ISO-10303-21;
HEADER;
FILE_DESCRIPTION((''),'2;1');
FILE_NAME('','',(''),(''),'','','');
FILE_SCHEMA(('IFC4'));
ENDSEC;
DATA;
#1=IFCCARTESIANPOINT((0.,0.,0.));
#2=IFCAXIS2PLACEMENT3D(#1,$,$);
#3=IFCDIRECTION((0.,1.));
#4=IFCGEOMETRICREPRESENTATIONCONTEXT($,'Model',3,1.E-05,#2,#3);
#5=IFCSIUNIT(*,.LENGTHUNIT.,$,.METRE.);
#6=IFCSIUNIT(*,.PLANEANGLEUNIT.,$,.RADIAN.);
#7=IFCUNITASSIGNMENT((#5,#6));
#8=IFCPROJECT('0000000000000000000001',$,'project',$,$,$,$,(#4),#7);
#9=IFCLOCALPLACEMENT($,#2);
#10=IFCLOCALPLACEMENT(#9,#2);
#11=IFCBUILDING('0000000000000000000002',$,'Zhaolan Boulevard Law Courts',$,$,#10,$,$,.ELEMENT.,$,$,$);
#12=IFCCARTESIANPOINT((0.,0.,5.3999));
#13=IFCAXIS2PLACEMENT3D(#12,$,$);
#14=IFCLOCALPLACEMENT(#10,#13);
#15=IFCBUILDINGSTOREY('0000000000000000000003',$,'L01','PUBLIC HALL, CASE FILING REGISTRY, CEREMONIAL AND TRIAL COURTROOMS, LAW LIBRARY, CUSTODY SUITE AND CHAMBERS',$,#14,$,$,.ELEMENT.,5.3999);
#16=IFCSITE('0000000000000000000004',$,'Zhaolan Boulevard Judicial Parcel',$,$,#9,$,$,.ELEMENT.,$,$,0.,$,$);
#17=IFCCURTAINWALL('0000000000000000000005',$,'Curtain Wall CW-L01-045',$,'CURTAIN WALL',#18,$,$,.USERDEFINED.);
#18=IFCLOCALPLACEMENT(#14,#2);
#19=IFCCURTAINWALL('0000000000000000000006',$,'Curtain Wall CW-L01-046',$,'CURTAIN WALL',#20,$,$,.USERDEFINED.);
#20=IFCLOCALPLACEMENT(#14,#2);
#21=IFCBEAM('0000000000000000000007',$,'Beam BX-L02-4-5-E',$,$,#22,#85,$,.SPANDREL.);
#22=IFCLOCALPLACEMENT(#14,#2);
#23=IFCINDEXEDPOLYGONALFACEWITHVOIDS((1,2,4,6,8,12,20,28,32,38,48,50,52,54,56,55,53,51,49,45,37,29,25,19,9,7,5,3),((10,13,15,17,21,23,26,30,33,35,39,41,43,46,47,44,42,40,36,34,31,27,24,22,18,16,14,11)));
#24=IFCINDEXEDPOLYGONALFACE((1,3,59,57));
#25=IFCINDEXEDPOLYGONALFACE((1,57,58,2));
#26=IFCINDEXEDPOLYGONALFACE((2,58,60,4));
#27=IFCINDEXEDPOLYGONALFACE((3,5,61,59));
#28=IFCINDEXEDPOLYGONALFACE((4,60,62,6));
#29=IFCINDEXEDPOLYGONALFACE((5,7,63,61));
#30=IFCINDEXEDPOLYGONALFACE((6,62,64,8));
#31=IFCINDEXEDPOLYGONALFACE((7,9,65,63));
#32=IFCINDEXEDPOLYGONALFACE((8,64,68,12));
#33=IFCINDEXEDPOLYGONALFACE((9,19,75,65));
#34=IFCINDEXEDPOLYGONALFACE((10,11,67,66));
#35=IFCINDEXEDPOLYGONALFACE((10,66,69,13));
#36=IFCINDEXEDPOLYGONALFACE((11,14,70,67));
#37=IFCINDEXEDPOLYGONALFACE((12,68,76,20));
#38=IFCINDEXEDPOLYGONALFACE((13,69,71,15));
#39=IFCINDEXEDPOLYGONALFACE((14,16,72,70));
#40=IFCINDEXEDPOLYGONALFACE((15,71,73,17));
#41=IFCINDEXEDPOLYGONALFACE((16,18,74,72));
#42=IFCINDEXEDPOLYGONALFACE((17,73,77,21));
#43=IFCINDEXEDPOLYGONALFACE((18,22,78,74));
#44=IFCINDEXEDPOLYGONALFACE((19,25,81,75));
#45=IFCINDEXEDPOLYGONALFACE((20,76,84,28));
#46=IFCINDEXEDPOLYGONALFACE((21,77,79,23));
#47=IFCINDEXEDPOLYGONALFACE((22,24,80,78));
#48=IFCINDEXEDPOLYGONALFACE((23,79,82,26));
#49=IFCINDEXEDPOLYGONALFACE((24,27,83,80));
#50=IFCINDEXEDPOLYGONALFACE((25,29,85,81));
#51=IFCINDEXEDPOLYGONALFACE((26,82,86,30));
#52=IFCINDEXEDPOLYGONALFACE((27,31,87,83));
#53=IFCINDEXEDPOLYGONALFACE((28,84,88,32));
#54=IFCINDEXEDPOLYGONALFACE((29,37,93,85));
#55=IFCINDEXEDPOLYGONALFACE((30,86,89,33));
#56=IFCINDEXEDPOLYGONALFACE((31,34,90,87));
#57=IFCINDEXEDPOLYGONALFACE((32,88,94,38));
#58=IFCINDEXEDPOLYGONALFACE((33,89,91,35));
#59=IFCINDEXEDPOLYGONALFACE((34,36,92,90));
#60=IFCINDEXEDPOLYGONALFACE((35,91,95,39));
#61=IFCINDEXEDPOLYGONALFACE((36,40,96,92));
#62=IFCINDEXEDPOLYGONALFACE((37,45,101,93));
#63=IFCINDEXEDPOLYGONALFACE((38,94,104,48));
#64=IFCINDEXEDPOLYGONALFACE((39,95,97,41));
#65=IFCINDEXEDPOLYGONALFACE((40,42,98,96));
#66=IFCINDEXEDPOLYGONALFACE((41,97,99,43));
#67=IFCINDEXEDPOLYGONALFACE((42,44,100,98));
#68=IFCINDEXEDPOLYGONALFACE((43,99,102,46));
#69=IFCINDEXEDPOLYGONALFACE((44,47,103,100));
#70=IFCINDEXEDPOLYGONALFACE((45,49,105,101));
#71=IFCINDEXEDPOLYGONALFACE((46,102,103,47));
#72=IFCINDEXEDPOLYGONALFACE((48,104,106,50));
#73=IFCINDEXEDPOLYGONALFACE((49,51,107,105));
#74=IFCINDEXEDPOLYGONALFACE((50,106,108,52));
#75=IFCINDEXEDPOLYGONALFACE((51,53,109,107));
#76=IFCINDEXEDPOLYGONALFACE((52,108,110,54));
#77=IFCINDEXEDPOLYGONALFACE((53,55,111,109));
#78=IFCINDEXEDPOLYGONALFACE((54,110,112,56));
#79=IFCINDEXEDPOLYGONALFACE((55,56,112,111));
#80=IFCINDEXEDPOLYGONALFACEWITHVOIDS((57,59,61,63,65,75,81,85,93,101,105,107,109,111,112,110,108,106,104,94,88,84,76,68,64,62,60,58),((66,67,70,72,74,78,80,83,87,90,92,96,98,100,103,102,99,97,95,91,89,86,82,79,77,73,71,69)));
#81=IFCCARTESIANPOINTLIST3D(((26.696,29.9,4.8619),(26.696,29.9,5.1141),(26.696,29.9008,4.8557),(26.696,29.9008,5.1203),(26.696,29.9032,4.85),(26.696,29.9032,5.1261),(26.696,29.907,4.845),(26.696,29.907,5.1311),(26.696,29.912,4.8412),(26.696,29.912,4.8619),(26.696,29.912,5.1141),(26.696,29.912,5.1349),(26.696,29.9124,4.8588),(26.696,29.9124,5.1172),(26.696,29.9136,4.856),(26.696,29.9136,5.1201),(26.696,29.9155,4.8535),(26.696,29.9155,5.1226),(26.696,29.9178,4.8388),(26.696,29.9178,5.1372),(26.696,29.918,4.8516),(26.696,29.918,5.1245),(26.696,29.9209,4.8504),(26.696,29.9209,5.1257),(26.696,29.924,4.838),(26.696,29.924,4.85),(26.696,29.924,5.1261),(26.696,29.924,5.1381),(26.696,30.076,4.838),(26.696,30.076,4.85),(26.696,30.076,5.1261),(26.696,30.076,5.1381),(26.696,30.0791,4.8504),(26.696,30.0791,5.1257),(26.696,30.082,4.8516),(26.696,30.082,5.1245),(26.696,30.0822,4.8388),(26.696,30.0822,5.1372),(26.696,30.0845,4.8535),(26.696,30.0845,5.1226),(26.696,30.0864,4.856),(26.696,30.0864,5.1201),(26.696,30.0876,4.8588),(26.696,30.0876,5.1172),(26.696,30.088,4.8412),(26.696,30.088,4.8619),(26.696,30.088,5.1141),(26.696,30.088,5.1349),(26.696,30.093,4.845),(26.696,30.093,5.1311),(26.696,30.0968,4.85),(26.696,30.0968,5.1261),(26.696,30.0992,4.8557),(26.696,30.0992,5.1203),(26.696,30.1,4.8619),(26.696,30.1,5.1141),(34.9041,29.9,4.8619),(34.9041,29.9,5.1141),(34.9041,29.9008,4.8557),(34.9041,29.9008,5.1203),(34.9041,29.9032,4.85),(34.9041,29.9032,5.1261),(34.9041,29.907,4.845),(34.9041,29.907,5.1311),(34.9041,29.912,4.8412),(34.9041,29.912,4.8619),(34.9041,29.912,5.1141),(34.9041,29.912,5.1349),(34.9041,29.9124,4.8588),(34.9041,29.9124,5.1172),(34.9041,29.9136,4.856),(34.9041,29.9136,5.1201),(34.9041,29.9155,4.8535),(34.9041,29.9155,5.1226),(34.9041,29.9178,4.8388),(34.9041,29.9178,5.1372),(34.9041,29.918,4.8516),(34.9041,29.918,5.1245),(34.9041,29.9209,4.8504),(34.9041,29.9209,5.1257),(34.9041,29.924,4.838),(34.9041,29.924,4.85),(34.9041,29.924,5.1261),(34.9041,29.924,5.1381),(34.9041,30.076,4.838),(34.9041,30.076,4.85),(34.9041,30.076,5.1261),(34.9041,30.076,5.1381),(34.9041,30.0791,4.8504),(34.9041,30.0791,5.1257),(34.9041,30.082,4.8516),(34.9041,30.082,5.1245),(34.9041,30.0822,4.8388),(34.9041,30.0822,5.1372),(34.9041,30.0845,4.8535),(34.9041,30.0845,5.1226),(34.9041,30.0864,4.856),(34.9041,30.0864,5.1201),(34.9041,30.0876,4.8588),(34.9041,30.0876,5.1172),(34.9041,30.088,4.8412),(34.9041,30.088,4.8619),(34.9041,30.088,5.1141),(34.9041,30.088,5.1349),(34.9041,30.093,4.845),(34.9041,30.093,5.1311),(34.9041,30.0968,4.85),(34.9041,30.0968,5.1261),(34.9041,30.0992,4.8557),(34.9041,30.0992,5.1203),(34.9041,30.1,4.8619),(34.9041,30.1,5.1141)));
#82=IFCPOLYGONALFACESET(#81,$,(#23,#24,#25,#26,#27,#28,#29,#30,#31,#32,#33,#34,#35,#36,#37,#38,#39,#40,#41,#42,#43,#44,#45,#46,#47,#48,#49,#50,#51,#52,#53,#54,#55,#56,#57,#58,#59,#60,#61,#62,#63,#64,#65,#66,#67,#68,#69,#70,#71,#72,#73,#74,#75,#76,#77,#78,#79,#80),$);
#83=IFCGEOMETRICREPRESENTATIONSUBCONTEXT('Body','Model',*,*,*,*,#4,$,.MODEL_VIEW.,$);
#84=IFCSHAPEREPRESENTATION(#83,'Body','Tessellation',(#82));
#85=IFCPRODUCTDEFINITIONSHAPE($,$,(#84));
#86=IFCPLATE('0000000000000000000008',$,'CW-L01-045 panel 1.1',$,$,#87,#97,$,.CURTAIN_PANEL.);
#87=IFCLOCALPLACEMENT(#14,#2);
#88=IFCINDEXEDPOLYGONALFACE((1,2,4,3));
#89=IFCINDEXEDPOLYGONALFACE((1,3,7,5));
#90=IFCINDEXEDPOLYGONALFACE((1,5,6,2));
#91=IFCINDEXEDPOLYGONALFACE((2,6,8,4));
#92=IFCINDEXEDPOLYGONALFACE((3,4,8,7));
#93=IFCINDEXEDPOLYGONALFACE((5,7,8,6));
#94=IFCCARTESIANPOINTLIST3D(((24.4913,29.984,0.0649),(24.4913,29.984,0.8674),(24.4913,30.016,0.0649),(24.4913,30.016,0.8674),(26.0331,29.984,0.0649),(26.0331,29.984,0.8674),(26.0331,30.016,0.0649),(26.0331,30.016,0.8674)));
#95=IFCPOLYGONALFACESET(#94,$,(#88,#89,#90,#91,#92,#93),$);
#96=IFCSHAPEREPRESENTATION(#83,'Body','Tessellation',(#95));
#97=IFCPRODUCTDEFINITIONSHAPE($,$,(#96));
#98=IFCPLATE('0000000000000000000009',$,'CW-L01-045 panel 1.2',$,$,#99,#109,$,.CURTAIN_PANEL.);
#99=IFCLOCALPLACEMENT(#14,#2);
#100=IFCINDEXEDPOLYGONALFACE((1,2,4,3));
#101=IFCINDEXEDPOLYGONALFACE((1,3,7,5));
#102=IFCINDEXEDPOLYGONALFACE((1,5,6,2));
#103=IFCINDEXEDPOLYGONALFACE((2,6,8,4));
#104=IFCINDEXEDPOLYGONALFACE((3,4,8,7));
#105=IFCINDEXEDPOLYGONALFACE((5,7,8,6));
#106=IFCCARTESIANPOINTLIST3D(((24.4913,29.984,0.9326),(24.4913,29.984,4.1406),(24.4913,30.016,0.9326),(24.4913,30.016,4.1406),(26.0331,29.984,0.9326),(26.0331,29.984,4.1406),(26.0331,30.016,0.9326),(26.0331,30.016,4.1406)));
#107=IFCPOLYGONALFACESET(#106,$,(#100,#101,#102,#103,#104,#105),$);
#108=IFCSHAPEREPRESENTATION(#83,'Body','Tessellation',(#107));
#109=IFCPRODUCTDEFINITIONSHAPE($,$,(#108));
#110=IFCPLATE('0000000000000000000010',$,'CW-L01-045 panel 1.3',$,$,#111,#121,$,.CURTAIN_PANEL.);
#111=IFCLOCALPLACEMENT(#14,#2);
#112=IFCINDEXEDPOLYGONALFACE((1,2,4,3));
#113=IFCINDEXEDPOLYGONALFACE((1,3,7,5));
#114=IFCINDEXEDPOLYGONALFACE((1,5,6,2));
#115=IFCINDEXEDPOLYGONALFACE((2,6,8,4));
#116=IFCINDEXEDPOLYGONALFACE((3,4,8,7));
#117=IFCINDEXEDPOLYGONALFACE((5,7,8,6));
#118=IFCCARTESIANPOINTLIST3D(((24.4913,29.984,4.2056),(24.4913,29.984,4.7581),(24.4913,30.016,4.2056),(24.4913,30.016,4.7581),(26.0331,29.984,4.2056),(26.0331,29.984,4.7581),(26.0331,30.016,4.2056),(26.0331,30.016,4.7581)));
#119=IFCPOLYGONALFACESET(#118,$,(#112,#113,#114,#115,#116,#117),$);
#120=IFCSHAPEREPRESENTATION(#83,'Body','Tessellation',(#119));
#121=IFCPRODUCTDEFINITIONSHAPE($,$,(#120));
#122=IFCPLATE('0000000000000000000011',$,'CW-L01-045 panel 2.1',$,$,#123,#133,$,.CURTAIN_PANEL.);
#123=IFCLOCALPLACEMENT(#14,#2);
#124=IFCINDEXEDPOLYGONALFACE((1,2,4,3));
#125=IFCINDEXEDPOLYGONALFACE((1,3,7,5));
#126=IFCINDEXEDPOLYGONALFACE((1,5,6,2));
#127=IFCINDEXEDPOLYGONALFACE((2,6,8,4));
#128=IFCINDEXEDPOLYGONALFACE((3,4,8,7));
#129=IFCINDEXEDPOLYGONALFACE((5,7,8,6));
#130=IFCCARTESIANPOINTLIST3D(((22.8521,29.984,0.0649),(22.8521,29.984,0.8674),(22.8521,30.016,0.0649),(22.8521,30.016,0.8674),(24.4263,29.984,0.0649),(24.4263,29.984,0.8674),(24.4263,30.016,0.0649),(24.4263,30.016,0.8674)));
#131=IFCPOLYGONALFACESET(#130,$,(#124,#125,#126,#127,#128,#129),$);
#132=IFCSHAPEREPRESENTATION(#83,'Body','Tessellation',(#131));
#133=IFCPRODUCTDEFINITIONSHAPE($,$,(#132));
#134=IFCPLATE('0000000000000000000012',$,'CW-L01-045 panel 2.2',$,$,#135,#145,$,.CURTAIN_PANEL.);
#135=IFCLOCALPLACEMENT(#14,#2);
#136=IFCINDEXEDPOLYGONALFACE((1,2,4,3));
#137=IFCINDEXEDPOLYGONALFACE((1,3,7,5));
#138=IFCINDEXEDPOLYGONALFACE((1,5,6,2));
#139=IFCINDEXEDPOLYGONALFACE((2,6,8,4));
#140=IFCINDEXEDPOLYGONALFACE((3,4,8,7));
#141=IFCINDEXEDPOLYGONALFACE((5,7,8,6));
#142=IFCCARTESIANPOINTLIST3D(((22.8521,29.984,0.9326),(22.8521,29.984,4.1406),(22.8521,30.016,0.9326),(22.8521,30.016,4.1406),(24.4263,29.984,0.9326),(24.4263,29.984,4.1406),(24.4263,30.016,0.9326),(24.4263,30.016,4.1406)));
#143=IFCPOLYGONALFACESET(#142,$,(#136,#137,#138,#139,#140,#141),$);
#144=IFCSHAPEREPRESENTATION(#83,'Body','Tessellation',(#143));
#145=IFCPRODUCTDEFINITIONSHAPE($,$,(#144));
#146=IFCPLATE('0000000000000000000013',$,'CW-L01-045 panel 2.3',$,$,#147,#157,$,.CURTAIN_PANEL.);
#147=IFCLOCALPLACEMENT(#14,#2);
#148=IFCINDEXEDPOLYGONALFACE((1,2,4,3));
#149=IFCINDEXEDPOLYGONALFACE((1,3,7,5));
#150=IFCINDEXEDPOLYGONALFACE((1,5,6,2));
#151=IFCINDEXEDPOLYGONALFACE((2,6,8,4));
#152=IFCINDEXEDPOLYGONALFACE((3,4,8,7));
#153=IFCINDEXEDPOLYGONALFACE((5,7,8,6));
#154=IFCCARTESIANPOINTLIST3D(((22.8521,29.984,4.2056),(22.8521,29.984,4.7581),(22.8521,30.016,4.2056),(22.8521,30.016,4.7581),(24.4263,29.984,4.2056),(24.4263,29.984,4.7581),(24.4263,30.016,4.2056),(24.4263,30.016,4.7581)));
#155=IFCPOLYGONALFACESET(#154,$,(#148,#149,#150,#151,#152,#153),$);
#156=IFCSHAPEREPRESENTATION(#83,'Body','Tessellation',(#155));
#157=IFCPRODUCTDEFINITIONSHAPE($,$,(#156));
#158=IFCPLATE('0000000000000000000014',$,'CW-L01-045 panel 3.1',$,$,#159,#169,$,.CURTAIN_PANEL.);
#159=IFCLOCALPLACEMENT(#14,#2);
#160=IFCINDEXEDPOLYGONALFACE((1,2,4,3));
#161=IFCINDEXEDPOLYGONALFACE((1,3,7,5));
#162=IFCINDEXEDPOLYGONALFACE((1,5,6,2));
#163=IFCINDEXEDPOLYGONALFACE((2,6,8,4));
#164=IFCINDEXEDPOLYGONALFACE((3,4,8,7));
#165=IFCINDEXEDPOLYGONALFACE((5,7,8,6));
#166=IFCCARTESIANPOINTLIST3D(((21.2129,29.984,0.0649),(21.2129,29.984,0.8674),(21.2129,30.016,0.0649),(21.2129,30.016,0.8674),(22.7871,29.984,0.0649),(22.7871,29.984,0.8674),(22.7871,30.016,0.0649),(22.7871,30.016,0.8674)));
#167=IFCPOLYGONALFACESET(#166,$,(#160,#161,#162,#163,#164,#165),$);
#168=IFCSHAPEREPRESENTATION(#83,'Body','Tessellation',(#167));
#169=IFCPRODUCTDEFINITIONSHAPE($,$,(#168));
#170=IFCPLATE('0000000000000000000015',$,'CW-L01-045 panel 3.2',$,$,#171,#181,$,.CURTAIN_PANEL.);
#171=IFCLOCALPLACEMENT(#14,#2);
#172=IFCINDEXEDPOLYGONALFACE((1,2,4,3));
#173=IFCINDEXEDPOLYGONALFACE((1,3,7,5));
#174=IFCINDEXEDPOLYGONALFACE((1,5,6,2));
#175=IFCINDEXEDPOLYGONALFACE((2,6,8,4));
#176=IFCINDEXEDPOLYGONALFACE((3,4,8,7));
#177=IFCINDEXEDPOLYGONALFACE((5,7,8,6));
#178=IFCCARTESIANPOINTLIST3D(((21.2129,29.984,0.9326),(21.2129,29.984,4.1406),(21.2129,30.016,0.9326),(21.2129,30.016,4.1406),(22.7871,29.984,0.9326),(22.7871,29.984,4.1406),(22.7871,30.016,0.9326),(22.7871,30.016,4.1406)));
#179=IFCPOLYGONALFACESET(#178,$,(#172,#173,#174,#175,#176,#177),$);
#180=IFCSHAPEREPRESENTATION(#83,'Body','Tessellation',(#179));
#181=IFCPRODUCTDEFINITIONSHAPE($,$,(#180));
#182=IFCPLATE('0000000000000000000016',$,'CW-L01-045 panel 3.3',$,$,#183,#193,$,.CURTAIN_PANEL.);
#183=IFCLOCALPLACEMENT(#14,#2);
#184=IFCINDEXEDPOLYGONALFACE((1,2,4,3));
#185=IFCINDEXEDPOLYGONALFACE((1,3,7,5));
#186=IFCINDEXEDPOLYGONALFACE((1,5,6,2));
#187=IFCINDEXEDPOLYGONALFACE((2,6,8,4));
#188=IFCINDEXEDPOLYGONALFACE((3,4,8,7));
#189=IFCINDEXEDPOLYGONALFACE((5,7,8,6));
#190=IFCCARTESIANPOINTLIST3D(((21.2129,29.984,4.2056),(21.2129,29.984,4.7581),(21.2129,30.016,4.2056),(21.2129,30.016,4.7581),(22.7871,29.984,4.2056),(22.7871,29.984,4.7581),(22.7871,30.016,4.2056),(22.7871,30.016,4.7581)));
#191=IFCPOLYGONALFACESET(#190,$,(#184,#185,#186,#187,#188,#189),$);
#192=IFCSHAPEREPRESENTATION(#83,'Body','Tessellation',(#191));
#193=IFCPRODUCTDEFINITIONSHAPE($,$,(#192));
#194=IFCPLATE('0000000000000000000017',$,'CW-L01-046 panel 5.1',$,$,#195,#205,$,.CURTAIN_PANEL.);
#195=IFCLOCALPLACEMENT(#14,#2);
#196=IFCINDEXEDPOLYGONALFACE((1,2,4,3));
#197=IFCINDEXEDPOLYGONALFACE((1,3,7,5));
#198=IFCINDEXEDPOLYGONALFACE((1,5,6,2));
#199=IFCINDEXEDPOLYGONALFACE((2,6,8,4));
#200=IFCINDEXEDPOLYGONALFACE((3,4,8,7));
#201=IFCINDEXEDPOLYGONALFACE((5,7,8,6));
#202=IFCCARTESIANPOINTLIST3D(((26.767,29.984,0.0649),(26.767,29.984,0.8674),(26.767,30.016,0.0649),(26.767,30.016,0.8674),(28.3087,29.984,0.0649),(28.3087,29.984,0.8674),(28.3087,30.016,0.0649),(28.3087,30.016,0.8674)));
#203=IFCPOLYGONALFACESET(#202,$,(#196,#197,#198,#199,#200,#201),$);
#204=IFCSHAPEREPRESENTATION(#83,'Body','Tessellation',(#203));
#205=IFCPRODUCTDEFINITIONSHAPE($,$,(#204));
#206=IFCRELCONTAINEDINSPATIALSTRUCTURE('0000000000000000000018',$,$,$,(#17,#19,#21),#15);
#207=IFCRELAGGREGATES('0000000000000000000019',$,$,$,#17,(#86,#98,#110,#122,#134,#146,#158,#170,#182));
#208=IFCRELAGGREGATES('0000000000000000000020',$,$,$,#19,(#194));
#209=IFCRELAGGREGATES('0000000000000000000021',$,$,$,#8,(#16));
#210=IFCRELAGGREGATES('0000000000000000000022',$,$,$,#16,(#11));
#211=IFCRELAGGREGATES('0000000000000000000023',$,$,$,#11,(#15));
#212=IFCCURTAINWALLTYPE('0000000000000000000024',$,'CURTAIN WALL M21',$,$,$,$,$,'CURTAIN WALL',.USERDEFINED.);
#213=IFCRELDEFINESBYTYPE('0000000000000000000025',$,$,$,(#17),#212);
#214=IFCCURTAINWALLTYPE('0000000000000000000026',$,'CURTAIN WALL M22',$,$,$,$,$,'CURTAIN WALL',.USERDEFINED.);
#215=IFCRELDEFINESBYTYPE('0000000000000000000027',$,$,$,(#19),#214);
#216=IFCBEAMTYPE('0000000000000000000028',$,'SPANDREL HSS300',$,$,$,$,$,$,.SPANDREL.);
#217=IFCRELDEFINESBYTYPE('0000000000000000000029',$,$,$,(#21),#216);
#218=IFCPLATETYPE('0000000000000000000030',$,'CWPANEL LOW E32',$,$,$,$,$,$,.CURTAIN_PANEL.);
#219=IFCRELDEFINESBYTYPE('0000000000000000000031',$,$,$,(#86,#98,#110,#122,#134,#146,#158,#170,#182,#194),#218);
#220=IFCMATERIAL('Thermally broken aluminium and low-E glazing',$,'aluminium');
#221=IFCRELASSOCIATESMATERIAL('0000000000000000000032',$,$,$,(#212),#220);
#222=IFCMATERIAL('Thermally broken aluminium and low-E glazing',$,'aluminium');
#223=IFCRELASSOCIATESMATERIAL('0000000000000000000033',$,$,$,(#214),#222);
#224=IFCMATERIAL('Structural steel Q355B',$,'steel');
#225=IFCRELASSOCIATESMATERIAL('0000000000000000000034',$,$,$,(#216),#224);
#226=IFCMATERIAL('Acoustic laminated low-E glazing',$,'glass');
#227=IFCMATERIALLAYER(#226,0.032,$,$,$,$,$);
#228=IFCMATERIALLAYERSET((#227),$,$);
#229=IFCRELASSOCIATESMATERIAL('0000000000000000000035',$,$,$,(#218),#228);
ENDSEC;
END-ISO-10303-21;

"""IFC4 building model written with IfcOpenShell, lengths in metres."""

from ifc_helpers import new_model, si_unit, direction, frame, origin, origin_2d, place, context, subcontext, project, spatial, rectangle, hollow_rectangle, extrude, material, layer, layer_set, material_profile, profile_set, type_object, element, aggregate, save


model = new_model("IFC4")

# Units and contexts
model_context = context("Model", 3, precision=1e-05, world=origin(), true_north=direction((0.0, 1.0)))
body_context = subcontext(model_context, "Body", "Model", "MODEL_VIEW")
ifc_project = project(units=[si_unit("LENGTHUNIT", "METRE"), si_unit("PLANEANGLEUNIT", "RADIAN")], contexts=[model_context])

# Site, building, storey
site_placement = place(None, origin())
site = spatial("IfcSite", under=ifc_project, at=site_placement, Name="Zhaolan Boulevard Judicial Parcel", CompositionType="ELEMENT", RefElevation=0.0)
building_placement = place(site_placement, origin())
building = spatial("IfcBuilding", under=site, at=building_placement, Name="Zhaolan Boulevard Law Courts", CompositionType="ELEMENT")
storey_placement = place(building_placement, frame((0.0, 0.0, 5.3999)))
storey = spatial("IfcBuildingStorey", under=building, at=storey_placement, Name="L01", Description="PUBLIC HALL, CASE FILING REGISTRY, CEREMONIAL AND TRIAL COURTROOMS, LAW LIBRARY, CUSTODY SUITE AND CHAMBERS", CompositionType="ELEMENT", Elevation=5.3999)

# Curtain wall
ifc_material_1 = material(Name="Thermally broken aluminium and low-E glazing", Category="aluminium")
curtain_wall_type_1 = type_object("IfcCurtainWallType", Name="CURTAIN WALL M21", ElementType="CURTAIN WALL", PredefinedType="USERDEFINED", material=ifc_material_1)
curtain_wall_1_placement = place(storey_placement, origin())
curtain_wall_1 = element("IfcCurtainWall", 1, at=curtain_wall_1_placement, inside=storey, type_object=curtain_wall_type_1, Name="Curtain Wall CW-L01-045", ObjectType="CURTAIN WALL", PredefinedType="USERDEFINED")

# Curtain wall
ifc_material_2 = material(Name="Thermally broken aluminium and low-E glazing", Category="aluminium")
curtain_wall_type_2 = type_object("IfcCurtainWallType", Name="CURTAIN WALL M22", ElementType="CURTAIN WALL", PredefinedType="USERDEFINED", material=ifc_material_2)
curtain_wall_2_placement = place(storey_placement, origin())
curtain_wall_2 = element("IfcCurtainWall", 2, at=curtain_wall_2_placement, inside=storey, type_object=curtain_wall_type_2, Name="Curtain Wall CW-L01-046", ObjectType="CURTAIN WALL", PredefinedType="USERDEFINED")

# Beam
ifc_material_3 = material(Name="Structural steel Q355B", Category="steel")
ifc_material_profile_1 = material_profile(ifc_material_3, hollow_rectangle(XDim=0.2, YDim=0.3, WallThickness=0.012, InnerFilletRadius=0.012, OuterFilletRadius=0.0239, at=origin_2d()), Name="HSS300x200x12")
ifc_profile_set_1 = profile_set([ifc_material_profile_1], Name="Structural steel Q355B")
beam_type = type_object("IfcBeamType", Name="SPANDREL HSS300", PredefinedType="SPANDREL", material=ifc_profile_set_1)
beam_placement = place(storey_placement, frame((26.696, 30.0, 4.988), z_axis=(1.0, 0.0, 0.0), x_axis=(0.0, 1.0, 0.0)))
element("IfcBeam", 3, at=beam_placement, inside=storey, type_object=beam_type, Name="Beam BX-L02-4-5-E", PredefinedType="SPANDREL", context=body_context, shape_type="SweptSolid", body=[
    extrude(hollow_rectangle(XDim=0.2, YDim=0.3, WallThickness=0.012, InnerFilletRadius=0.012, OuterFilletRadius=0.0239, at=origin_2d()), origin(), (0.0, 0.0, 1.0), 8.208),
])

# Plates
ifc_material_4 = material(Name="Acoustic laminated low-E glazing", Category="glass")
ifc_layer_1 = layer(ifc_material_4, 0.032)
ifc_layer_set_1 = layer_set([ifc_layer_1])
plate_type_1 = type_object("IfcPlateType", Name="CWPANEL LOW E32", PredefinedType="CURTAIN_PANEL", material=ifc_layer_set_1)
plate_1_placement = place(storey_placement, frame((25.2622, 30.0, 0.0649), z_axis=(0.0, 0.0, 1.0), x_axis=(-1.0, 0.0, 0.0)))
plate_1 = element("IfcPlate", 4, at=plate_1_placement, type_object=plate_type_1, Name="CW-L01-045 panel 1.1", PredefinedType="CURTAIN_PANEL", context=body_context, shape_type="SweptSolid", body=[
    extrude(rectangle(XDim=1.5417, YDim=0.032, at=origin_2d()), origin(), (0.0, 0.0, 1.0), 0.8025),
])
plate_2_placement = place(storey_placement, frame((25.2622, 30.0, 0.9326), z_axis=(0.0, 0.0, 1.0), x_axis=(-1.0, 0.0, 0.0)))
plate_2 = element("IfcPlate", 5, at=plate_2_placement, type_object=plate_type_1, Name="CW-L01-045 panel 1.2", PredefinedType="CURTAIN_PANEL", context=body_context, shape_type="SweptSolid", body=[
    extrude(rectangle(XDim=1.5417, YDim=0.032, at=origin_2d()), origin(), (0.0, 0.0, 1.0), 3.208),
])
plate_3_placement = place(storey_placement, frame((25.2622, 30.0, 4.2056), z_axis=(0.0, 0.0, 1.0), x_axis=(-1.0, 0.0, 0.0)))
plate_3 = element("IfcPlate", 6, at=plate_3_placement, type_object=plate_type_1, Name="CW-L01-045 panel 1.3", PredefinedType="CURTAIN_PANEL", context=body_context, shape_type="SweptSolid", body=[
    extrude(rectangle(XDim=1.5417, YDim=0.032, at=origin_2d()), origin(), (0.0, 0.0, 1.0), 0.5525),
])
plate_4_placement = place(storey_placement, frame((23.6392, 30.0, 0.0649), z_axis=(0.0, 0.0, 1.0), x_axis=(-1.0, 0.0, 0.0)))
plate_4 = element("IfcPlate", 7, at=plate_4_placement, type_object=plate_type_1, Name="CW-L01-045 panel 2.1", PredefinedType="CURTAIN_PANEL", context=body_context, shape_type="SweptSolid", body=[
    extrude(rectangle(XDim=1.5742, YDim=0.032, at=origin_2d()), origin(), (0.0, 0.0, 1.0), 0.8025),
])
plate_5_placement = place(storey_placement, frame((23.6392, 30.0, 0.9326), z_axis=(0.0, 0.0, 1.0), x_axis=(-1.0, 0.0, 0.0)))
plate_5 = element("IfcPlate", 8, at=plate_5_placement, type_object=plate_type_1, Name="CW-L01-045 panel 2.2", PredefinedType="CURTAIN_PANEL", context=body_context, shape_type="SweptSolid", body=[
    extrude(rectangle(XDim=1.5742, YDim=0.032, at=origin_2d()), origin(), (0.0, 0.0, 1.0), 3.208),
])
plate_6_placement = place(storey_placement, frame((23.6392, 30.0, 4.2056), z_axis=(0.0, 0.0, 1.0), x_axis=(-1.0, 0.0, 0.0)))
plate_6 = element("IfcPlate", 9, at=plate_6_placement, type_object=plate_type_1, Name="CW-L01-045 panel 2.3", PredefinedType="CURTAIN_PANEL", context=body_context, shape_type="SweptSolid", body=[
    extrude(rectangle(XDim=1.5742, YDim=0.032, at=origin_2d()), origin(), (0.0, 0.0, 1.0), 0.5525),
])
plate_7_placement = place(storey_placement, frame((22.0, 30.0, 0.0649), z_axis=(0.0, 0.0, 1.0), x_axis=(-1.0, 0.0, 0.0)))
plate_7 = element("IfcPlate", 10, at=plate_7_placement, type_object=plate_type_1, Name="CW-L01-045 panel 3.1", PredefinedType="CURTAIN_PANEL", context=body_context, shape_type="SweptSolid", body=[
    extrude(rectangle(XDim=1.5742, YDim=0.032, at=origin_2d()), origin(), (0.0, 0.0, 1.0), 0.8025),
])
plate_8_placement = place(storey_placement, frame((22.0, 30.0, 0.9326), z_axis=(0.0, 0.0, 1.0), x_axis=(-1.0, 0.0, 0.0)))
plate_8 = element("IfcPlate", 11, at=plate_8_placement, type_object=plate_type_1, Name="CW-L01-045 panel 3.2", PredefinedType="CURTAIN_PANEL", context=body_context, shape_type="SweptSolid", body=[
    extrude(rectangle(XDim=1.5742, YDim=0.032, at=origin_2d()), origin(), (0.0, 0.0, 1.0), 3.208),
])
plate_9_placement = place(storey_placement, frame((22.0, 30.0, 4.2056), z_axis=(0.0, 0.0, 1.0), x_axis=(-1.0, 0.0, 0.0)))
plate_9 = element("IfcPlate", 12, at=plate_9_placement, type_object=plate_type_1, Name="CW-L01-045 panel 3.3", PredefinedType="CURTAIN_PANEL", context=body_context, shape_type="SweptSolid", body=[
    extrude(rectangle(XDim=1.5742, YDim=0.032, at=origin_2d()), origin(), (0.0, 0.0, 1.0), 0.5525),
])
aggregate(curtain_wall_1, [plate_1, plate_2, plate_3, plate_4, plate_5, plate_6, plate_7, plate_8, plate_9])
plate_10_placement = place(storey_placement, frame((27.5378, 30.0, 0.0649), z_axis=(0.0, 0.0, 1.0), x_axis=(-1.0, 0.0, 0.0)))
plate_10 = element("IfcPlate", 13, at=plate_10_placement, type_object=plate_type_1, Name="CW-L01-046 panel 5.1", PredefinedType="CURTAIN_PANEL", context=body_context, shape_type="SweptSolid", body=[
    extrude(rectangle(XDim=1.5417, YDim=0.032, at=origin_2d()), origin(), (0.0, 0.0, 1.0), 0.8025),
])
aggregate(curtain_wall_2, [plate_10])

save(model, "model.ifc")
